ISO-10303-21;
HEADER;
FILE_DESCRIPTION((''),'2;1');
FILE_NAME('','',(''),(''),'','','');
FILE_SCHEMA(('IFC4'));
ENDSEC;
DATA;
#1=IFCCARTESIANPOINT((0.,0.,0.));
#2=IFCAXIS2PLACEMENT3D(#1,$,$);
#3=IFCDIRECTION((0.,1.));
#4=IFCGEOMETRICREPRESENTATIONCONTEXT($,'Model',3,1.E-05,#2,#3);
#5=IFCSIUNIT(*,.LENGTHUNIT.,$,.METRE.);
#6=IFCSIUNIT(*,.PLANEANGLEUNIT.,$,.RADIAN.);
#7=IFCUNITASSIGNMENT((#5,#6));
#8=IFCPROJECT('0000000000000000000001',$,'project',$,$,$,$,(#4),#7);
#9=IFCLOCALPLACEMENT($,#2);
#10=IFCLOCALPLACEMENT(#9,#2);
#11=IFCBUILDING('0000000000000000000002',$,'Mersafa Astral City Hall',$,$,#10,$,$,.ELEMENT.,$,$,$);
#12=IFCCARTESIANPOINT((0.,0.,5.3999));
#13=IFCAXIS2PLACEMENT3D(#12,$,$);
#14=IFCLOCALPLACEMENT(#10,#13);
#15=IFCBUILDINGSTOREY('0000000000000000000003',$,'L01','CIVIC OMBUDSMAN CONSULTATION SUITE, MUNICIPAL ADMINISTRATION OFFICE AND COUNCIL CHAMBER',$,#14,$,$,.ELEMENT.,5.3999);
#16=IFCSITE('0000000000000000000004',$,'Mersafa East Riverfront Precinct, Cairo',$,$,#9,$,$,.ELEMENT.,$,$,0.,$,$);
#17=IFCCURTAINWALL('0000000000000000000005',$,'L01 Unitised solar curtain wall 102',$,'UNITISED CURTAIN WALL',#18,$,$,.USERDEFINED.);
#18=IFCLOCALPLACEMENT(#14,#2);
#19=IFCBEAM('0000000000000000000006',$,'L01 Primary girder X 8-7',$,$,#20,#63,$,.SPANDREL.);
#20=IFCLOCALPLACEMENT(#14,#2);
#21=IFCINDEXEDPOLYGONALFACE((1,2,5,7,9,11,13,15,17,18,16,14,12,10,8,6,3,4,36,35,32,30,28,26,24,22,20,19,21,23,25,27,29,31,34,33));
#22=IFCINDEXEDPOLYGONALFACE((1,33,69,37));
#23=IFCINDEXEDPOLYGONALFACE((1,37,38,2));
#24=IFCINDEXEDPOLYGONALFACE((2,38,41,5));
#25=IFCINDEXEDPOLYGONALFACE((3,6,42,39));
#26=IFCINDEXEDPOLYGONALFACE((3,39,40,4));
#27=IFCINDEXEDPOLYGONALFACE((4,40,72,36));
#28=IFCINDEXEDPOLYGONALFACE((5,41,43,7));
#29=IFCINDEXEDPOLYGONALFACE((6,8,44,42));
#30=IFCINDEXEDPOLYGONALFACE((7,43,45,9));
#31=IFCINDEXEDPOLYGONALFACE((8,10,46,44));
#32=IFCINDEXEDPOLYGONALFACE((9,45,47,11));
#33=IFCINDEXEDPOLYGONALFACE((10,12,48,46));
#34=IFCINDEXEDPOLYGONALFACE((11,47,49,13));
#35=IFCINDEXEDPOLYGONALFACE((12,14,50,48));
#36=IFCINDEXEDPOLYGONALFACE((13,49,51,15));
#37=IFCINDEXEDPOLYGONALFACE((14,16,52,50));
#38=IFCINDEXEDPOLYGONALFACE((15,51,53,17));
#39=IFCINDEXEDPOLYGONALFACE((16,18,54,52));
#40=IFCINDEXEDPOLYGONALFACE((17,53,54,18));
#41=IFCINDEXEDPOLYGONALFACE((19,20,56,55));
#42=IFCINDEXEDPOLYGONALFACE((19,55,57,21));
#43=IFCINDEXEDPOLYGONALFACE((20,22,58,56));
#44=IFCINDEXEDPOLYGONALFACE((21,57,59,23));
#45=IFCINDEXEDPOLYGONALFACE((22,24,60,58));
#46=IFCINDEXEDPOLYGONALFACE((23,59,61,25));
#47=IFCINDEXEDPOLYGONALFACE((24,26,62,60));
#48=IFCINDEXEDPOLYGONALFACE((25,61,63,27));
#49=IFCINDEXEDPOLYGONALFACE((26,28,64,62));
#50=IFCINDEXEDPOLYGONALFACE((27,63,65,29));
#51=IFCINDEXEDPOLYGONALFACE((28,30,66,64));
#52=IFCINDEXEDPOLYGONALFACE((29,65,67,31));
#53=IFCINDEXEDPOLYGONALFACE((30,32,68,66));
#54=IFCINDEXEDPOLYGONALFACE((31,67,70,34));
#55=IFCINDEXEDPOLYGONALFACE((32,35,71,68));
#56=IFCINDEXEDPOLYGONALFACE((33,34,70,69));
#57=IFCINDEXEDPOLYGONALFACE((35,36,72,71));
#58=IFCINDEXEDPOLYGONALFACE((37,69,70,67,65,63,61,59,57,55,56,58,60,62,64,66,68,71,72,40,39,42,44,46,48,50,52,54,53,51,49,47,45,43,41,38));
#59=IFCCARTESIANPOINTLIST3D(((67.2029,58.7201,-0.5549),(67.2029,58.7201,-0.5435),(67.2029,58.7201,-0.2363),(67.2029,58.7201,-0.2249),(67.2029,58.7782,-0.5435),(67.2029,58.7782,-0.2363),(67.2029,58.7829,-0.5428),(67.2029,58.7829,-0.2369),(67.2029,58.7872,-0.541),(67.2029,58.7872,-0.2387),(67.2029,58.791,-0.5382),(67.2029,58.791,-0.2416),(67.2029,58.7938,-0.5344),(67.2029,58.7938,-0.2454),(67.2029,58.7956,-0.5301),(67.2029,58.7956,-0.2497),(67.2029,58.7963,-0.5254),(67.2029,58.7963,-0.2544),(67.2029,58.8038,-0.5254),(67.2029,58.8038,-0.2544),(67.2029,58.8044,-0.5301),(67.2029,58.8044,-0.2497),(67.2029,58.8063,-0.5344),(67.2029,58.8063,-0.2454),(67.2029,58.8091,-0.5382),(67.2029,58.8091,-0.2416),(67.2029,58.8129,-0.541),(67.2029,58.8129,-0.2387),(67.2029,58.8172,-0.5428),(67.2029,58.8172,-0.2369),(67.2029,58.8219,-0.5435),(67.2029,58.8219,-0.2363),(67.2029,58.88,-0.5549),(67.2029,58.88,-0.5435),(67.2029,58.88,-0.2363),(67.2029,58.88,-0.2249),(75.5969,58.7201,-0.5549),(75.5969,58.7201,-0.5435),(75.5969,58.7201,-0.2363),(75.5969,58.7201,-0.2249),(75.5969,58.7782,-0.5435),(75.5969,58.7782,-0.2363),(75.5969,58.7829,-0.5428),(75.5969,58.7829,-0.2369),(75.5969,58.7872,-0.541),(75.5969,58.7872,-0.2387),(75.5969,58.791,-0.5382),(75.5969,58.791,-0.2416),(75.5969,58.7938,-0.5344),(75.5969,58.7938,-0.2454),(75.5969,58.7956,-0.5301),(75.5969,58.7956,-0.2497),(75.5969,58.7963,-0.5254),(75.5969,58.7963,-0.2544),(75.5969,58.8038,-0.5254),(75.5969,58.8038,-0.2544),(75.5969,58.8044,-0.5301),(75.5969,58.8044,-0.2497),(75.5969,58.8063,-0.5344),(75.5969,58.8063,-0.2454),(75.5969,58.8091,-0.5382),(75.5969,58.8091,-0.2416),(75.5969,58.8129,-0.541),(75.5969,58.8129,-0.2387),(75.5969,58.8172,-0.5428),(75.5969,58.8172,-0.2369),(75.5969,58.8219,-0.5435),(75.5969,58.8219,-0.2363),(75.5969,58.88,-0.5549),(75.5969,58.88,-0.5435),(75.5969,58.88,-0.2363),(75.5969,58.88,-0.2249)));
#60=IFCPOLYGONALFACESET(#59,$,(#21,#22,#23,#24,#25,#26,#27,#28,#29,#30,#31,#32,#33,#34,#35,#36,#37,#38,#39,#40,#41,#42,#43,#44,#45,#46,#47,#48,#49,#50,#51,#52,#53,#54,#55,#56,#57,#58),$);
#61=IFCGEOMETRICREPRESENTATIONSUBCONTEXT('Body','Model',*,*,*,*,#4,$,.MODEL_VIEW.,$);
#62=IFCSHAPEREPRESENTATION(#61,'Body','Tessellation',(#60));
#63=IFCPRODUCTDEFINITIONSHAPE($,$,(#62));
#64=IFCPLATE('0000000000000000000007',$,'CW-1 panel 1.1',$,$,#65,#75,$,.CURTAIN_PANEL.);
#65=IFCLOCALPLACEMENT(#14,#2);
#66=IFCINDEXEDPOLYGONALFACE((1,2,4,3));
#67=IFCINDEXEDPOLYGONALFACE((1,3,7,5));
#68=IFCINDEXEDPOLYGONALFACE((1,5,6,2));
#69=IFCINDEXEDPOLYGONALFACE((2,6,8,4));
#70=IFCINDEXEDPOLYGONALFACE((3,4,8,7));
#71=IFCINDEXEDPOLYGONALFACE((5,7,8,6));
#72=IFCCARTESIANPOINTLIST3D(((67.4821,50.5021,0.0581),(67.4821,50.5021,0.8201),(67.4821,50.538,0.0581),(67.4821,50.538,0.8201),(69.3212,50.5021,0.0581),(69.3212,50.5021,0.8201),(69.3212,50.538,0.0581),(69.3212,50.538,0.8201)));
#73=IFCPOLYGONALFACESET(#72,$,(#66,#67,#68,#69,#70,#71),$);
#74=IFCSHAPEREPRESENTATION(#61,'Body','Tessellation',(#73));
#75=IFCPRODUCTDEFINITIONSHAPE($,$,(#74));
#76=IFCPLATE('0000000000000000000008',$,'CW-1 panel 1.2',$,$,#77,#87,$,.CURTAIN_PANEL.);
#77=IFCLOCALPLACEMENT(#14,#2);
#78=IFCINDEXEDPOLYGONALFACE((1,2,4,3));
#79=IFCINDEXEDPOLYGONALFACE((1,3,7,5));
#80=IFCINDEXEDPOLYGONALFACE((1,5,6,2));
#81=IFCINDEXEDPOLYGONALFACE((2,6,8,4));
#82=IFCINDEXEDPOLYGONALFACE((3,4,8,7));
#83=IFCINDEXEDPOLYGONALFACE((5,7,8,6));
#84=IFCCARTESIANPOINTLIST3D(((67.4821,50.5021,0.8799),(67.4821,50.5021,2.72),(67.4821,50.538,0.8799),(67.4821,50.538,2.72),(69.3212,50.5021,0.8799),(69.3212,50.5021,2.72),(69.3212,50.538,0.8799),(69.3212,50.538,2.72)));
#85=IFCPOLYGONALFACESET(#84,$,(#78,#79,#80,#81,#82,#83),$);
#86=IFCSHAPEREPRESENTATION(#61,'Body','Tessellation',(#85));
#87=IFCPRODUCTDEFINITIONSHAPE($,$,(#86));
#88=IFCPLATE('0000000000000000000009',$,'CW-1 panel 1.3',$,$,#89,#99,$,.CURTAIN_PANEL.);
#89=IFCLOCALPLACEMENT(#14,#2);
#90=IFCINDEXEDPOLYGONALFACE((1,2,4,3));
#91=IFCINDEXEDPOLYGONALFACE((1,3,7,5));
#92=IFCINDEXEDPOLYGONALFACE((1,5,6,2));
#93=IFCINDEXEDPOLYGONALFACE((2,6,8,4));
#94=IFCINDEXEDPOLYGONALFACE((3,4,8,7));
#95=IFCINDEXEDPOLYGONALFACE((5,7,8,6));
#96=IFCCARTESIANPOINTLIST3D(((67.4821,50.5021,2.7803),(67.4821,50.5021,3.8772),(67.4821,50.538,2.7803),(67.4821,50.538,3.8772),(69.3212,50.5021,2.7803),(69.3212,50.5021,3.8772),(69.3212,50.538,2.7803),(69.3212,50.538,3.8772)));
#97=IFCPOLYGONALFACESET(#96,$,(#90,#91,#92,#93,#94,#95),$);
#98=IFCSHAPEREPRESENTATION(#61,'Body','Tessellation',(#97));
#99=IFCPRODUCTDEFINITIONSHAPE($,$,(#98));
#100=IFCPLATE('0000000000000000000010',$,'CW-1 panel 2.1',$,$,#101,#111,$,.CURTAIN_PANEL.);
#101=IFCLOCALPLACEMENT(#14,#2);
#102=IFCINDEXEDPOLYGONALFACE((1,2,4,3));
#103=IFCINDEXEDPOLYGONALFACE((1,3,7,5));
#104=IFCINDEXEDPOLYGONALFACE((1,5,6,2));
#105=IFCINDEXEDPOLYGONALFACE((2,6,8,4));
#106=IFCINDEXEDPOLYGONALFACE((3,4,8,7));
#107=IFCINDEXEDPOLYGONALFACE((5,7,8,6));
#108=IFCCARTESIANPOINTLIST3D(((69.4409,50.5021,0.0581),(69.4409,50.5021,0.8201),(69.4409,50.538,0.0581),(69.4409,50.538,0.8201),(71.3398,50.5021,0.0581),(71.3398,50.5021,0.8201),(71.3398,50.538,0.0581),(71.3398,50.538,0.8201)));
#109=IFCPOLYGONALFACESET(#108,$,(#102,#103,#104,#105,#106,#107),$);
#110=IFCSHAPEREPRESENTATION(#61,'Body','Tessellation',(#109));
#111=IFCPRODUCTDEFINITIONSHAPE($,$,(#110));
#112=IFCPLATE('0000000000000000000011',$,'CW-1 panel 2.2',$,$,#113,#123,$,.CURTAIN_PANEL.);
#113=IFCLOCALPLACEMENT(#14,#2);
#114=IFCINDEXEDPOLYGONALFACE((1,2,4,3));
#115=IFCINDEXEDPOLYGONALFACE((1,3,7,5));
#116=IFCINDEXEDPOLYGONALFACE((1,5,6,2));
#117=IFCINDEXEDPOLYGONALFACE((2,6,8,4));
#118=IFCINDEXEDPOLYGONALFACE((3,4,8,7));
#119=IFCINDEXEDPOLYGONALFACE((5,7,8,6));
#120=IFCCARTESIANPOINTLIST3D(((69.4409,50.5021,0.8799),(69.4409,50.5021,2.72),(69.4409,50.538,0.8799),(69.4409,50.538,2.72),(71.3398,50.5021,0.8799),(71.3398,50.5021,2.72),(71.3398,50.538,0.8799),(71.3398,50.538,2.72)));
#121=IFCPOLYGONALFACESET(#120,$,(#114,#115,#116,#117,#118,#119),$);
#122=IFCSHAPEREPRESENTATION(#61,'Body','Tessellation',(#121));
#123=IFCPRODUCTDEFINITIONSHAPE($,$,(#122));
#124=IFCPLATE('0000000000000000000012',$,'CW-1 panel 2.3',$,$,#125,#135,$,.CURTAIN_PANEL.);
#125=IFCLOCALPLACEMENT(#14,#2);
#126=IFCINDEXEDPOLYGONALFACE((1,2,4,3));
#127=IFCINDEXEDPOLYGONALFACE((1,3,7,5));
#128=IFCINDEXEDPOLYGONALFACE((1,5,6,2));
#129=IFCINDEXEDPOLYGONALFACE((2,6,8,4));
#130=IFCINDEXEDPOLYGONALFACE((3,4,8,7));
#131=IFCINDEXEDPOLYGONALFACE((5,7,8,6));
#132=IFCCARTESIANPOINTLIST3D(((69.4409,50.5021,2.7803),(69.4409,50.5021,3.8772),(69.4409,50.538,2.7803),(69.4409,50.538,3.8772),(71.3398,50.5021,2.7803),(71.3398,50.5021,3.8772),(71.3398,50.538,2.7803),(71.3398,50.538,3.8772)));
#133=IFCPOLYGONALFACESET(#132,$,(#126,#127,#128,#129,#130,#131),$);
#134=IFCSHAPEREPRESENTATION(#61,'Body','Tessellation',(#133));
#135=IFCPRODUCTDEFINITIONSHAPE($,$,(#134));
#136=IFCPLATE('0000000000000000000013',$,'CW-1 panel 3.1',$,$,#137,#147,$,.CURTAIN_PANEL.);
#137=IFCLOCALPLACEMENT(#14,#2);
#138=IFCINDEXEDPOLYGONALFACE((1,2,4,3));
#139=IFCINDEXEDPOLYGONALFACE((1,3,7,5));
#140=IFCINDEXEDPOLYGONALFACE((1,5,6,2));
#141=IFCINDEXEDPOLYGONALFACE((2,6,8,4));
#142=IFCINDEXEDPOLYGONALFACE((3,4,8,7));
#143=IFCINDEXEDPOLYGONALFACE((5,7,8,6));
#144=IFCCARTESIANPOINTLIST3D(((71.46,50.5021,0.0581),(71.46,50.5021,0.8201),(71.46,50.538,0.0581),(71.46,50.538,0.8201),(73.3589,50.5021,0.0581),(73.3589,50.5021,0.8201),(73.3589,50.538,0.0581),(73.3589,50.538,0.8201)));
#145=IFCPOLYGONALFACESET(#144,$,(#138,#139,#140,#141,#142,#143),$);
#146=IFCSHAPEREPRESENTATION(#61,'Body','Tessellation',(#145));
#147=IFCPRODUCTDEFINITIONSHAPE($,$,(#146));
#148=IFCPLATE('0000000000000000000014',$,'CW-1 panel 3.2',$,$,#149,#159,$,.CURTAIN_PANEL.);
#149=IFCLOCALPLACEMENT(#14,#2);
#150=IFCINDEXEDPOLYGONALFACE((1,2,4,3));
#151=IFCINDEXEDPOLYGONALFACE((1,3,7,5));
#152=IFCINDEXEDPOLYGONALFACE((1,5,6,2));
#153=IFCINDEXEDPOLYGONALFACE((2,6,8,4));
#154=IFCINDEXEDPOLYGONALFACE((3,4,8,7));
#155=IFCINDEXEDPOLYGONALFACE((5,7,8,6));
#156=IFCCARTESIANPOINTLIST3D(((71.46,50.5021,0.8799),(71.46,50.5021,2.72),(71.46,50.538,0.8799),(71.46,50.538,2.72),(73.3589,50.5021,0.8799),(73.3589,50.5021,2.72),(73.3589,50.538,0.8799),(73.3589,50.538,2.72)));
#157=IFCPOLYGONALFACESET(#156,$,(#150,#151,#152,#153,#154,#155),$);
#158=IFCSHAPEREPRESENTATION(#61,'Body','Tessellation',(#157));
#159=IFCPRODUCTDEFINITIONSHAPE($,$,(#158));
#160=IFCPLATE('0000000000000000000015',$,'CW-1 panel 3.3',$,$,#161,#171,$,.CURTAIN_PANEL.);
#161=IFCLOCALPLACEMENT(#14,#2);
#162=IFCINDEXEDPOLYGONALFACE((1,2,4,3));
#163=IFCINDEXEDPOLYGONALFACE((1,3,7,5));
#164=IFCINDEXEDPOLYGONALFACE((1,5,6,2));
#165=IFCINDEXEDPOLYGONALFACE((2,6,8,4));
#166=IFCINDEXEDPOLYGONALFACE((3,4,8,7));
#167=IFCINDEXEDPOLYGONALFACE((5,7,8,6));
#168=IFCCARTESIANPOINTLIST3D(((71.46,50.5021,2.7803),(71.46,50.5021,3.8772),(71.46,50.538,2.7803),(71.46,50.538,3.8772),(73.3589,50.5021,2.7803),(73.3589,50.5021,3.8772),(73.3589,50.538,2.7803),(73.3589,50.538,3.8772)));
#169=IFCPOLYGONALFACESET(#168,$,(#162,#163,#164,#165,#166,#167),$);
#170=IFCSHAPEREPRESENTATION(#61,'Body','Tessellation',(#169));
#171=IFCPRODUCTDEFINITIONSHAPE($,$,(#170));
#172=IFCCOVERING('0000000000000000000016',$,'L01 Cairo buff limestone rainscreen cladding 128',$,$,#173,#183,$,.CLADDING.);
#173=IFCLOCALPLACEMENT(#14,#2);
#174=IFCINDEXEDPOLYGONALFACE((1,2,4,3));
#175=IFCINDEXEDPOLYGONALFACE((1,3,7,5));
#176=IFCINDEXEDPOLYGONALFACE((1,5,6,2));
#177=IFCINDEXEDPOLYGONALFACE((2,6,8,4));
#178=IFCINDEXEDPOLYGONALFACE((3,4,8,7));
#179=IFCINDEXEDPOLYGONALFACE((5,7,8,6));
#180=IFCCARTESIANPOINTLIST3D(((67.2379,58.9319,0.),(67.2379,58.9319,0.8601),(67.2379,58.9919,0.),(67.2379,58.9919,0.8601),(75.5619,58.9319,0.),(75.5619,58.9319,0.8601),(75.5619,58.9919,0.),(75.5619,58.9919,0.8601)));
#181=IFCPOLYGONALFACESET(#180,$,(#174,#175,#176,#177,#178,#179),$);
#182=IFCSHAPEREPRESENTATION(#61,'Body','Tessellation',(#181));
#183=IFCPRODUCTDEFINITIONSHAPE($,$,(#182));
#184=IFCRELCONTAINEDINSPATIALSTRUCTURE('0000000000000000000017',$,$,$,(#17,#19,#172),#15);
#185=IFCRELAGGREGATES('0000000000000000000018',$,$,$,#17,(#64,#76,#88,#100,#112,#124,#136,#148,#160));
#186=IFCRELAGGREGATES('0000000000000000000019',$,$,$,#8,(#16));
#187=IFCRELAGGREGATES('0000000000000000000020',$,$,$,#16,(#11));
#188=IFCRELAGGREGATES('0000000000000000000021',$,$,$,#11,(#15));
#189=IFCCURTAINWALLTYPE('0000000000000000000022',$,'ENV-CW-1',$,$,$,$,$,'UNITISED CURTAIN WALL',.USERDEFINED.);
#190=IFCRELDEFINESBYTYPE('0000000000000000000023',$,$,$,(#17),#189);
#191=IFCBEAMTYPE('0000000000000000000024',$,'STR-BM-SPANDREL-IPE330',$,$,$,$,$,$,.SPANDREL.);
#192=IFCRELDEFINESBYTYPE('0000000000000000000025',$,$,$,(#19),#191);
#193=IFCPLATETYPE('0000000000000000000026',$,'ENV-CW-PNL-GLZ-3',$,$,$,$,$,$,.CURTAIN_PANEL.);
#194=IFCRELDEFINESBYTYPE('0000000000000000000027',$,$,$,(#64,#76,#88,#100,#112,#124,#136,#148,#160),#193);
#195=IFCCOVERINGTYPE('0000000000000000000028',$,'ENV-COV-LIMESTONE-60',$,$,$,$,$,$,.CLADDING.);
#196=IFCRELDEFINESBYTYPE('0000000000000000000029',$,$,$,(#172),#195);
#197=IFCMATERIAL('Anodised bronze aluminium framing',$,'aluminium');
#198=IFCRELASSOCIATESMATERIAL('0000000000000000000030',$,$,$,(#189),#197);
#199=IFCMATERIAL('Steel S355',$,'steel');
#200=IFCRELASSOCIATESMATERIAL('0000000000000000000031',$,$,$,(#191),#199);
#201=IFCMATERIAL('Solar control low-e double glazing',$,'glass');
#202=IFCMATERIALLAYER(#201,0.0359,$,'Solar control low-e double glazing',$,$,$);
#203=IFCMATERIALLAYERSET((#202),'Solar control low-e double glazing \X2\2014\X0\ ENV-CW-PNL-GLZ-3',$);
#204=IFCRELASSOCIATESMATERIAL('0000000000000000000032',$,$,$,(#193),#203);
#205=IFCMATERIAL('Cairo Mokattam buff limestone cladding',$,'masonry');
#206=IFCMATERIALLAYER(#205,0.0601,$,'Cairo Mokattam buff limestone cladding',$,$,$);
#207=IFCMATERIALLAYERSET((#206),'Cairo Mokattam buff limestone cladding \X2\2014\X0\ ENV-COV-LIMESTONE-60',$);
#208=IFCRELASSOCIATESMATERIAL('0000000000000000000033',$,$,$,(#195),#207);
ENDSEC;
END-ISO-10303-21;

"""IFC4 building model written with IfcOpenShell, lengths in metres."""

from ifc_helpers import new_model, si_unit, direction, frame, origin, origin_2d, place, context, subcontext, project, spatial, rectangle, i_section, extrude, material, layer, layer_set, material_profile, profile_set, type_object, element, aggregate, save


model = new_model("IFC4")

# Units and contexts
model_context = context("Model", 3, precision=1e-05, world=origin(), true_north=direction((0.0, 1.0)))
body_context = subcontext(model_context, "Body", "Model", "MODEL_VIEW")
ifc_project = project(units=[si_unit("LENGTHUNIT", "METRE"), si_unit("PLANEANGLEUNIT", "RADIAN")], contexts=[model_context])

# Site, building, storey
site_placement = place(None, origin())
site = spatial("IfcSite", under=ifc_project, at=site_placement, Name="Mersafa East Riverfront Precinct, Cairo", CompositionType="ELEMENT", RefElevation=0.0)
building_placement = place(site_placement, origin())
building = spatial("IfcBuilding", under=site, at=building_placement, Name="Mersafa Astral City Hall", CompositionType="ELEMENT")
storey_placement = place(building_placement, frame((0.0, 0.0, 5.3999)))
storey = spatial("IfcBuildingStorey", under=building, at=storey_placement, Name="L01", Description="CIVIC OMBUDSMAN CONSULTATION SUITE, MUNICIPAL ADMINISTRATION OFFICE AND COUNCIL CHAMBER", CompositionType="ELEMENT", Elevation=5.3999)

# Curtain wall
ifc_material_1 = material(Name="Anodised bronze aluminium framing", Category="aluminium")
curtain_wall_type = type_object("IfcCurtainWallType", Name="ENV-CW-1", ElementType="UNITISED CURTAIN WALL", PredefinedType="USERDEFINED", material=ifc_material_1)
curtain_wall_placement = place(storey_placement, origin())
curtain_wall = element("IfcCurtainWall", 1, at=curtain_wall_placement, inside=storey, type_object=curtain_wall_type, Name="L01 Unitised solar curtain wall 102", ObjectType="UNITISED CURTAIN WALL", PredefinedType="USERDEFINED")

# Beam
ifc_material_2 = material(Name="Steel S355", Category="steel")
ifc_material_profile_1 = material_profile(ifc_material_2, i_section(OverallWidth=0.1599, OverallDepth=0.3301, WebThickness=0.0076, FlangeThickness=0.0115, FilletRadius=0.0181, at=origin_2d()), Name="IPE 330")
ifc_profile_set_1 = profile_set([ifc_material_profile_1], Name="Steel S355")
beam_type_1 = type_object("IfcBeamType", Name="STR-BM-SPANDREL-IPE330", PredefinedType="SPANDREL", material=ifc_profile_set_1)
beam_placement = place(storey_placement, frame((67.2029, 58.8, -0.3899), z_axis=(1.0, 0.0, 0.0), x_axis=(0.0, 1.0, 0.0)))
element("IfcBeam", 2, at=beam_placement, inside=storey, type_object=beam_type_1, Name="L01 Primary girder X 8-7", PredefinedType="SPANDREL", context=body_context, shape_type="SweptSolid", body=[
    extrude(i_section(OverallWidth=0.1599, OverallDepth=0.3301, WebThickness=0.0076, FlangeThickness=0.0115, FilletRadius=0.0181, at=origin_2d()), origin(), (0.0, 0.0, 1.0), 8.394),
])

# Plates
ifc_material_3 = material(Name="Solar control low-e double glazing", Category="glass")
ifc_layer_1 = layer(ifc_material_3, 0.0359, Name="Solar control low-e double glazing")
ifc_layer_set_1 = layer_set([ifc_layer_1], Name="Solar control low-e double glazing — ENV-CW-PNL-GLZ-3")
plate_type = type_object("IfcPlateType", Name="ENV-CW-PNL-GLZ-3", PredefinedType="CURTAIN_PANEL", material=ifc_layer_set_1)
plate_1_placement = place(storey_placement, frame((68.4016, 50.52, 0.0581), z_axis=(0.0, 0.0, 1.0), x_axis=(1.0, 0.0, 0.0)))
plate_1 = element("IfcPlate", 3, at=plate_1_placement, type_object=plate_type, Name="CW-1 panel 1.1", PredefinedType="CURTAIN_PANEL", context=body_context, shape_type="SweptSolid", body=[
    extrude(rectangle(XDim=1.8391, YDim=0.0359, at=origin_2d()), origin(), (0.0, 0.0, 1.0), 0.762),
])
plate_2_placement = place(storey_placement, frame((68.4016, 50.52, 0.8799), z_axis=(0.0, 0.0, 1.0), x_axis=(1.0, 0.0, 0.0)))
plate_2 = element("IfcPlate", 4, at=plate_2_placement, type_object=plate_type, Name="CW-1 panel 1.2", PredefinedType="CURTAIN_PANEL", context=body_context, shape_type="SweptSolid", body=[
    extrude(rectangle(XDim=1.8391, YDim=0.0359, at=origin_2d()), origin(), (0.0, 0.0, 1.0), 1.8401),
])
plate_3_placement = place(storey_placement, frame((68.4016, 50.52, 2.7803), z_axis=(0.0, 0.0, 1.0), x_axis=(1.0, 0.0, 0.0)))
plate_3 = element("IfcPlate", 5, at=plate_3_placement, type_object=plate_type, Name="CW-1 panel 1.3", PredefinedType="CURTAIN_PANEL", context=body_context, shape_type="SweptSolid", body=[
    extrude(rectangle(XDim=1.8391, YDim=0.0359, at=origin_2d()), origin(), (0.0, 0.0, 1.0), 1.0969),
])
plate_4_placement = place(storey_placement, frame((70.3904, 50.52, 0.0581), z_axis=(0.0, 0.0, 1.0), x_axis=(1.0, 0.0, 0.0)))
plate_4 = element("IfcPlate", 6, at=plate_4_placement, type_object=plate_type, Name="CW-1 panel 2.1", PredefinedType="CURTAIN_PANEL", context=body_context, shape_type="SweptSolid", body=[
    extrude(rectangle(XDim=1.8989, YDim=0.0359, at=origin_2d()), origin(), (0.0, 0.0, 1.0), 0.762),
])
plate_5_placement = place(storey_placement, frame((70.3904, 50.52, 0.8799), z_axis=(0.0, 0.0, 1.0), x_axis=(1.0, 0.0, 0.0)))
plate_5 = element("IfcPlate", 7, at=plate_5_placement, type_object=plate_type, Name="CW-1 panel 2.2", PredefinedType="CURTAIN_PANEL", context=body_context, shape_type="SweptSolid", body=[
    extrude(rectangle(XDim=1.8989, YDim=0.0359, at=origin_2d()), origin(), (0.0, 0.0, 1.0), 1.8401),
])
plate_6_placement = place(storey_placement, frame((70.3904, 50.52, 2.7803), z_axis=(0.0, 0.0, 1.0), x_axis=(1.0, 0.0, 0.0)))
plate_6 = element("IfcPlate", 8, at=plate_6_placement, type_object=plate_type, Name="CW-1 panel 2.3", PredefinedType="CURTAIN_PANEL", context=body_context, shape_type="SweptSolid", body=[
    extrude(rectangle(XDim=1.8989, YDim=0.0359, at=origin_2d()), origin(), (0.0, 0.0, 1.0), 1.0969),
])
plate_7_placement = place(storey_placement, frame((72.4094, 50.52, 0.0581), z_axis=(0.0, 0.0, 1.0), x_axis=(1.0, 0.0, 0.0)))
plate_7 = element("IfcPlate", 9, at=plate_7_placement, type_object=plate_type, Name="CW-1 panel 3.1", PredefinedType="CURTAIN_PANEL", context=body_context, shape_type="SweptSolid", body=[
    extrude(rectangle(XDim=1.8989, YDim=0.0359, at=origin_2d()), origin(), (0.0, 0.0, 1.0), 0.762),
])
plate_8_placement = place(storey_placement, frame((72.4094, 50.52, 0.8799), z_axis=(0.0, 0.0, 1.0), x_axis=(1.0, 0.0, 0.0)))
plate_8 = element("IfcPlate", 10, at=plate_8_placement, type_object=plate_type, Name="CW-1 panel 3.2", PredefinedType="CURTAIN_PANEL", context=body_context, shape_type="SweptSolid", body=[
    extrude(rectangle(XDim=1.8989, YDim=0.0359, at=origin_2d()), origin(), (0.0, 0.0, 1.0), 1.8401),
])
plate_9_placement = place(storey_placement, frame((72.4094, 50.52, 2.7803), z_axis=(0.0, 0.0, 1.0), x_axis=(1.0, 0.0, 0.0)))
plate_9 = element("IfcPlate", 11, at=plate_9_placement, type_object=plate_type, Name="CW-1 panel 3.3", PredefinedType="CURTAIN_PANEL", context=body_context, shape_type="SweptSolid", body=[
    extrude(rectangle(XDim=1.8989, YDim=0.0359, at=origin_2d()), origin(), (0.0, 0.0, 1.0), 1.0969),
])
aggregate(curtain_wall, [plate_1, plate_2, plate_3, plate_4, plate_5, plate_6, plate_7, plate_8, plate_9])

# Covering
ifc_material_4 = material(Name="Cairo Mokattam buff limestone cladding", Category="masonry")
ifc_layer_2 = layer(ifc_material_4, 0.0601, Name="Cairo Mokattam buff limestone cladding")
ifc_layer_set_2 = layer_set([ifc_layer_2], Name="Cairo Mokattam buff limestone cladding — ENV-COV-LIMESTONE-60")
covering_type = type_object("IfcCoveringType", Name="ENV-COV-LIMESTONE-60", PredefinedType="CLADDING", material=ifc_layer_set_2)
covering_placement = place(storey_placement, frame((71.3999, 58.9619, 0.0), z_axis=(0.0, 0.0, 1.0), x_axis=(-1.0, 0.0, 0.0)))
element("IfcCovering", 12, at=covering_placement, inside=storey, type_object=covering_type, Name="L01 Cairo buff limestone rainscreen cladding 128", PredefinedType="CLADDING", context=body_context, shape_type="SweptSolid", body=[
    extrude(rectangle(XDim=8.324, YDim=0.0601, at=origin_2d()), origin(), (0.0, 0.0, 1.0), 0.8601),
])

save(model, "model.ifc")
